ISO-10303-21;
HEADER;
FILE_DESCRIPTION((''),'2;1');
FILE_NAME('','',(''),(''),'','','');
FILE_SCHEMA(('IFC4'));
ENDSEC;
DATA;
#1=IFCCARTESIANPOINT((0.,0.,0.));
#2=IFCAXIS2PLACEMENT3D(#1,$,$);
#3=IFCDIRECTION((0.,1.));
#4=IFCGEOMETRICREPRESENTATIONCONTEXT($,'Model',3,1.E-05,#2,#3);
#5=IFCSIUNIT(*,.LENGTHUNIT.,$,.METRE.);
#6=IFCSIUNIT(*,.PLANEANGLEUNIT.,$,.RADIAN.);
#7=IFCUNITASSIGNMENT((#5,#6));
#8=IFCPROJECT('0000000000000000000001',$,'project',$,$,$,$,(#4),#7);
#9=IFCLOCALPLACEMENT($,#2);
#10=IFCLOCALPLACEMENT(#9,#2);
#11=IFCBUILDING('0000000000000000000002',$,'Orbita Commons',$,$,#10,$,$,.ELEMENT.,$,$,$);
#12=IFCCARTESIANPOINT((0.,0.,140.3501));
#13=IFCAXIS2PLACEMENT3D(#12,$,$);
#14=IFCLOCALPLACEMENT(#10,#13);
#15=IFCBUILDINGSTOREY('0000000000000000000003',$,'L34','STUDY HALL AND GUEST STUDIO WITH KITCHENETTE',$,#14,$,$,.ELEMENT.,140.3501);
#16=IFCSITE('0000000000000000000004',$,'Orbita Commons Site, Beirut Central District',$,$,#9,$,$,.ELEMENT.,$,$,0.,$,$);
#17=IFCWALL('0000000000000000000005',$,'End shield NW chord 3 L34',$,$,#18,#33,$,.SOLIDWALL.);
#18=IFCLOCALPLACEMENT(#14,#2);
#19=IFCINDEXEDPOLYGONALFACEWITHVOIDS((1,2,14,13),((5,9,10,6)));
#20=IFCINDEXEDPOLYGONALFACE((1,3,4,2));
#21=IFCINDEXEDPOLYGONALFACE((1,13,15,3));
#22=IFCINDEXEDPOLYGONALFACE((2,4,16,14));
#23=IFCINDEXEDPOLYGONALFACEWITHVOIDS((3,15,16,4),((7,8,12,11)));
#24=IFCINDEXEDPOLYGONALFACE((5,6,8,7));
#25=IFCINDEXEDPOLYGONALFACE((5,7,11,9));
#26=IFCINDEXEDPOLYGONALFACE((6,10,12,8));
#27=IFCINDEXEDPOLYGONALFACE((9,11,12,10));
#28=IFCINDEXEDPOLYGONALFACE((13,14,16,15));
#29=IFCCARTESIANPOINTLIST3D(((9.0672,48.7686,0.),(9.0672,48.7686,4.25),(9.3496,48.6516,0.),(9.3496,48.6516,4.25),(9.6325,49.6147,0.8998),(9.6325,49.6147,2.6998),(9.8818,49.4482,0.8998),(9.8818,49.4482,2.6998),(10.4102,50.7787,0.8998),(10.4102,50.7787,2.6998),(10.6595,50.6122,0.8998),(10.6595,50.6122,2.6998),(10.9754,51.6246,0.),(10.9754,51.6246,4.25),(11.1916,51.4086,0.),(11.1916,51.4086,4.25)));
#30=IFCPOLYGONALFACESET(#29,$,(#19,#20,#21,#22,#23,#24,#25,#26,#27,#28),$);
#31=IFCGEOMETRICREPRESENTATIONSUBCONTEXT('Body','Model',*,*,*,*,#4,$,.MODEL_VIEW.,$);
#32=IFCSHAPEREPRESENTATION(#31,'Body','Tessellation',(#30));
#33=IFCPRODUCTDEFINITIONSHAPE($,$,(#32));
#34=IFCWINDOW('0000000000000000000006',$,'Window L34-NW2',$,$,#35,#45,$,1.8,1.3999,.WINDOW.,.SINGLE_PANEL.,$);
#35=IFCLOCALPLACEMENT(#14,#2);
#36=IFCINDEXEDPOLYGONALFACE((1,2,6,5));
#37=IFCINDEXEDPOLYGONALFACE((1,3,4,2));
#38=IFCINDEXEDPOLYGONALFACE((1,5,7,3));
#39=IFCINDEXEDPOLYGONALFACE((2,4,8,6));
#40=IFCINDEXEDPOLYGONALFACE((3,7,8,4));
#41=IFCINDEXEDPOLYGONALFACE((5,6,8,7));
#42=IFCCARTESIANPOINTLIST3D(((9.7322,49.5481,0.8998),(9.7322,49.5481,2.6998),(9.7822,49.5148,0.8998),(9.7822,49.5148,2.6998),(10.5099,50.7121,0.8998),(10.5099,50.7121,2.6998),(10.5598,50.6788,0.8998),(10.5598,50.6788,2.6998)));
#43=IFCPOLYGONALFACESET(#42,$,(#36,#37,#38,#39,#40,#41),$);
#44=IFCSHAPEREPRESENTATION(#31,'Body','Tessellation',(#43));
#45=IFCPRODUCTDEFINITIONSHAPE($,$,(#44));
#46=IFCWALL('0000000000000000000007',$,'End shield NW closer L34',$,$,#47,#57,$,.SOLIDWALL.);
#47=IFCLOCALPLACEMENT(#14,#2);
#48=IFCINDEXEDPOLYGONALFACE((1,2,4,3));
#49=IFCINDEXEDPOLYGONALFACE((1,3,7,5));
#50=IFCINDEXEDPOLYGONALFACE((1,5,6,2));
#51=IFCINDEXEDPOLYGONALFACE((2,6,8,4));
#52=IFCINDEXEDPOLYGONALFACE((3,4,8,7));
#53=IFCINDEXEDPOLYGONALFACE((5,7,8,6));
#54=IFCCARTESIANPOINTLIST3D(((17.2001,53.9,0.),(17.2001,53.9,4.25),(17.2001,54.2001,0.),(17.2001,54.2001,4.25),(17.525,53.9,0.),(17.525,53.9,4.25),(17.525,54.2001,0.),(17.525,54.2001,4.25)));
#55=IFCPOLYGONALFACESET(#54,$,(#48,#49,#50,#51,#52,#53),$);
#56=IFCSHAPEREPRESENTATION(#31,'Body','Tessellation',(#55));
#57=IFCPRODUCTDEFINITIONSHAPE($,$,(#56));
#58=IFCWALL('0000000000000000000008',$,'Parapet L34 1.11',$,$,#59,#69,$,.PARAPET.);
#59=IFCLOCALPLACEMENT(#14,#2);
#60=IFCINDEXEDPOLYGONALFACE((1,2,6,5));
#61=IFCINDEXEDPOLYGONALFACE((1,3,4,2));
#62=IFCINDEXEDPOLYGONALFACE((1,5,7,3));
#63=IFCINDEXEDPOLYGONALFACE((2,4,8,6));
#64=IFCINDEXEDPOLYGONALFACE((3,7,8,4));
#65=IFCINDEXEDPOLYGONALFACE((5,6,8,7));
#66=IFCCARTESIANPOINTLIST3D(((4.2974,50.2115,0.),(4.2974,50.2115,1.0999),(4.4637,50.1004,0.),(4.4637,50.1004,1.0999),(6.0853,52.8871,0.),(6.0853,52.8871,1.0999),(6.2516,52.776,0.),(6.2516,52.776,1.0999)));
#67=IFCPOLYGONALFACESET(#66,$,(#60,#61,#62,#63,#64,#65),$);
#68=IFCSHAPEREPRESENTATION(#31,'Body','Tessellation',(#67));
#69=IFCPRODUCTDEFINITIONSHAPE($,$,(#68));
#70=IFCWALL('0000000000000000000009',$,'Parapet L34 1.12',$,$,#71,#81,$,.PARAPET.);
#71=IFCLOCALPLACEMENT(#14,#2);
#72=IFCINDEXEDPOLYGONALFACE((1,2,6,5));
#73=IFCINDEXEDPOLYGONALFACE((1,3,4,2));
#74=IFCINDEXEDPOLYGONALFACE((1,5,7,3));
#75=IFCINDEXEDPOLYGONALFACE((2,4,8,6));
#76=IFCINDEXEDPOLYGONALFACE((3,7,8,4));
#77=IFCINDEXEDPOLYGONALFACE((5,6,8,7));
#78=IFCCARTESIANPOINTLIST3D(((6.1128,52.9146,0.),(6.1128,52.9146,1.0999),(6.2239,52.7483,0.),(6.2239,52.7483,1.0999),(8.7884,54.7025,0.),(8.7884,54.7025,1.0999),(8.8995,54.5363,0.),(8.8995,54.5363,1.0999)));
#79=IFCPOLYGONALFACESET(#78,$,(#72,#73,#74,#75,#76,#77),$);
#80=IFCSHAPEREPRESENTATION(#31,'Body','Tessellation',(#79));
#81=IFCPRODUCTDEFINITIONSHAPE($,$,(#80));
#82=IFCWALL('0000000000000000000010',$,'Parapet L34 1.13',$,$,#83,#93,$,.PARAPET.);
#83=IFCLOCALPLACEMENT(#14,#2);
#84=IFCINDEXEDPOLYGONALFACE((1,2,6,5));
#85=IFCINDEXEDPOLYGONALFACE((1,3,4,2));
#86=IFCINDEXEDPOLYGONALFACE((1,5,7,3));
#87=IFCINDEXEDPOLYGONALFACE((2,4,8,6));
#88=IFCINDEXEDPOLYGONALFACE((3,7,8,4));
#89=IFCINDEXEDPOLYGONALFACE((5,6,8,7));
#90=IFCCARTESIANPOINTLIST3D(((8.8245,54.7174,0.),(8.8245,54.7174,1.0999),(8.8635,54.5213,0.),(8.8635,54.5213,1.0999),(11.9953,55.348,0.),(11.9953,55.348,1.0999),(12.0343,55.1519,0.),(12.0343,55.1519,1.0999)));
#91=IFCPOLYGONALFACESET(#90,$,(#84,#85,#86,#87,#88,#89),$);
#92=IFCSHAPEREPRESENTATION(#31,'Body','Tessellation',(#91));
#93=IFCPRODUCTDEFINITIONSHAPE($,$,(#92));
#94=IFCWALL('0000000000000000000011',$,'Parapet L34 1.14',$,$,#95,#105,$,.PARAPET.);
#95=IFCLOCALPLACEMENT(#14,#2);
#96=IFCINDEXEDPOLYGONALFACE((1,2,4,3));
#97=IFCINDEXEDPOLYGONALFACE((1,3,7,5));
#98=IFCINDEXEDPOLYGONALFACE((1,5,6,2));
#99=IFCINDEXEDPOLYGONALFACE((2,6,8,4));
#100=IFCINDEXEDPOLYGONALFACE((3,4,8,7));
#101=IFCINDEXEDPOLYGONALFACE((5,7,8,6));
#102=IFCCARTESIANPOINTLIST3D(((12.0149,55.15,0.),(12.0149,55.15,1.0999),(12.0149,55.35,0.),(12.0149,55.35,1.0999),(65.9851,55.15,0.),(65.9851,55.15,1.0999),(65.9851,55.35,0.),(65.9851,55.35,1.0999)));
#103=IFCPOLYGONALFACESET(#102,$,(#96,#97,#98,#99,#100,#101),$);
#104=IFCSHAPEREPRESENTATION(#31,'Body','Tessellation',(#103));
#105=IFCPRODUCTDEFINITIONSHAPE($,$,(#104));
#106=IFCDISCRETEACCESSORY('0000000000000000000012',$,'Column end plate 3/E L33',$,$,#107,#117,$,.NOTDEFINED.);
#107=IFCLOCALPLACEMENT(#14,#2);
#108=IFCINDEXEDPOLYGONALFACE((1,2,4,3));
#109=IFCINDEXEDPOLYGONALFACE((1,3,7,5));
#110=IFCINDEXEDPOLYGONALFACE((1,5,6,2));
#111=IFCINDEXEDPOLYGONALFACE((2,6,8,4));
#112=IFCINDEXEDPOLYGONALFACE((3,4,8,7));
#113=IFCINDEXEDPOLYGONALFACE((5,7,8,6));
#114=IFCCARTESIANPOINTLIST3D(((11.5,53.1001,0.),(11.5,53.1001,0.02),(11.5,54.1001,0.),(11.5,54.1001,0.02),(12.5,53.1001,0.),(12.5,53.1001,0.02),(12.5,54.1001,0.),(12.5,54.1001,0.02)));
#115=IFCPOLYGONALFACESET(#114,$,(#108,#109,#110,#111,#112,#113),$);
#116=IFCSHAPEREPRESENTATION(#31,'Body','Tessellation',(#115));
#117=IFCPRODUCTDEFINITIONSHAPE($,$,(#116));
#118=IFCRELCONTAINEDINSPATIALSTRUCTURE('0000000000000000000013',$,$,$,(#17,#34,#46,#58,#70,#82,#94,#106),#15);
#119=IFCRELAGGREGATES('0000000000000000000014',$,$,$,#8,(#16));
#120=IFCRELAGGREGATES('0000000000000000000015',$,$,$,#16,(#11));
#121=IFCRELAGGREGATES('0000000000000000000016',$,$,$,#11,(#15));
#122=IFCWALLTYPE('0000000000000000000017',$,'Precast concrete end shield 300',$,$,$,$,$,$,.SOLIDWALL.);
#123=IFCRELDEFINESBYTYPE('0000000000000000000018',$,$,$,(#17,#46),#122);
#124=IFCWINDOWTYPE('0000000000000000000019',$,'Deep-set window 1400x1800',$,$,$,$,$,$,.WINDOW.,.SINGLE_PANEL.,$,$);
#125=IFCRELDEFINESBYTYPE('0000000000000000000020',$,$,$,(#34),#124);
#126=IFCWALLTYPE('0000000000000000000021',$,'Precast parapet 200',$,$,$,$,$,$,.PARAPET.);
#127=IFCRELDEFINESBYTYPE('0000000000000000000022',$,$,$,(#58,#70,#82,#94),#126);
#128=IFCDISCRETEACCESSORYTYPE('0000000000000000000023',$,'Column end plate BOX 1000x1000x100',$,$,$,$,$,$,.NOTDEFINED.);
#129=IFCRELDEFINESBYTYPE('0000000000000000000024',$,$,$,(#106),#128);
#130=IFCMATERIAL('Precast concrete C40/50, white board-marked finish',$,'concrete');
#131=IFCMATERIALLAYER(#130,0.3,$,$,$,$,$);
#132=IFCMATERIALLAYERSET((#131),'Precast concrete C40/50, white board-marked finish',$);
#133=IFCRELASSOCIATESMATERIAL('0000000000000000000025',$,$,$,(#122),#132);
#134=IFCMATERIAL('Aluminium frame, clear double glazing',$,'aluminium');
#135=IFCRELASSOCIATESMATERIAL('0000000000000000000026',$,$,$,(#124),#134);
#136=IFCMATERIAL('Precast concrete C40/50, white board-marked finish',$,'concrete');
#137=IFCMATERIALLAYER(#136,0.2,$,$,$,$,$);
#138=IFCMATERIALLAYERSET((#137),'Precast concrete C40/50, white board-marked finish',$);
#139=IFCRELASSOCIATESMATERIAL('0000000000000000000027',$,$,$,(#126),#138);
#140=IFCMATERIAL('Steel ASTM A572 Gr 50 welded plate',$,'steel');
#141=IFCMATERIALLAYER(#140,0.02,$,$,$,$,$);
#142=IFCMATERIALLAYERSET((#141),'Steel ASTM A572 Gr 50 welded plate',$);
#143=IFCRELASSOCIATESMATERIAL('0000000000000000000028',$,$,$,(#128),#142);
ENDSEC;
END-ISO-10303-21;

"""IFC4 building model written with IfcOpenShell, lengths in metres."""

from ifc_helpers import new_model, si_unit, direction, frame, frame_2d, origin, origin_2d, place, context, subcontext, project, spatial, polyline, rectangle, outline, extrude, material, layer, layer_set, type_object, element, fill, save


model = new_model("IFC4")

# Units and contexts
model_context = context("Model", 3, precision=1e-05, world=origin(), true_north=direction((0.0, 1.0)))
body_context = subcontext(model_context, "Body", "Model", "MODEL_VIEW")
ifc_project = project(units=[si_unit("LENGTHUNIT", "METRE"), si_unit("PLANEANGLEUNIT", "RADIAN")], contexts=[model_context])

# Site, building, storey
site_placement = place(None, origin())
site = spatial("IfcSite", under=ifc_project, at=site_placement, Name="Orbita Commons Site, Beirut Central District", CompositionType="ELEMENT", RefElevation=0.0)
building_placement = place(site_placement, origin())
building = spatial("IfcBuilding", under=site, at=building_placement, Name="Orbita Commons", CompositionType="ELEMENT")
storey_placement = place(building_placement, frame((0.0, 0.0, 140.3501)))
storey = spatial("IfcBuildingStorey", under=building, at=storey_placement, Name="L34", Description="STUDY HALL AND GUEST STUDIO WITH KITCHENETTE", CompositionType="ELEMENT", Elevation=140.3501)

# Wall, opening, window
ifc_material_1 = material(Name="Precast concrete C40/50, white board-marked finish", Category="concrete")
ifc_layer_1 = layer(ifc_material_1, 0.3)
ifc_layer_set_1 = layer_set([ifc_layer_1], Name="Precast concrete C40/50, white board-marked finish")
wall_type_1 = type_object("IfcWallType", Name="Precast concrete end shield 300", PredefinedType="SOLIDWALL", material=ifc_layer_set_1)
ifc_material_2 = material(Name="Aluminium frame, clear double glazing", Category="aluminium")
window_type = type_object("IfcWindowType", Name="Deep-set window 1400x1800", PartitioningType="SINGLE_PANEL", PredefinedType="WINDOW", material=ifc_material_2)
wall_1_placement = place(storey_placement, frame((11.0835, 51.5166, 0.0), z_axis=(0.0, 0.0, 1.0), x_axis=(-0.555535, -0.831493, 0.0)))
wall_1 = element("IfcWall", 1, at=wall_1_placement, inside=storey, type_object=wall_type_1, Name="End shield NW chord 3 L34", PredefinedType="SOLIDWALL", context=body_context, shape_type="SweptSolid", body=[
    extrude(outline(polyline([(-0.0298, -0.1499), (3.405, -0.1499), (3.3455, 0.1499), (0.0298, 0.1499), (-0.0298, -0.1499)])), origin(), (0.0, 0.0, 1.0), 4.25),
])
opening_1_placement = place(wall_1_placement, frame((0.9875, 0.0, 0.8999)))
opening_1 = element("IfcOpeningElement", 2, at=opening_1_placement, cuts=wall_1, PredefinedType="OPENING", context=body_context, shape_type="SweptSolid", body=[
    extrude(rectangle(XDim=1.3999, YDim=1.8, at=frame_2d((0.7, 0.8999))), frame((0.0, 0.1599, 0.0), z_axis=(0.0, -1.0, 0.0), x_axis=(1.0, 0.0, 0.0)), (0.0, 0.0, 1.0), 0.3201),
])
window_1_placement = place(opening_1_placement, origin())
window_1 = element("IfcWindow", 3, at=window_1_placement, inside=storey, type_object=window_type, Name="Window L34-NW2", OverallHeight=1.8, OverallWidth=1.3999, PartitioningType="SINGLE_PANEL", PredefinedType="WINDOW", context=body_context, shape_type="SweptSolid", body=[
    extrude(rectangle(XDim=1.3999, YDim=1.8, at=frame_2d((0.7, 0.8999))), frame((0.0, 0.03, 0.0), z_axis=(0.0, -1.0, 0.0), x_axis=(1.0, 0.0, 0.0)), (0.0, 0.0, 1.0), 0.0601),
])
fill(opening_1, window_1)

# Walls
wall_2_placement = place(storey_placement, frame((17.2, 54.05, 0.0), z_axis=(0.0, 0.0, 1.0), x_axis=(1.0, 0.0, 0.0)))
element("IfcWall", 4, at=wall_2_placement, inside=storey, type_object=wall_type_1, Name="End shield NW closer L34", PredefinedType="SOLIDWALL", context=body_context, shape_type="SweptSolid", body=[
    extrude(rectangle(XDim=0.325, YDim=0.3, at=frame_2d((0.1626, 0.0))), origin(), (0.0, 0.0, 1.0), 4.25),
])
ifc_material_3 = material(Name="Precast concrete C40/50, white board-marked finish", Category="concrete")
ifc_layer_2 = layer(ifc_material_3, 0.2)
ifc_layer_set_2 = layer_set([ifc_layer_2], Name="Precast concrete C40/50, white board-marked finish")
wall_type_2 = type_object("IfcWallType", Name="Precast parapet 200", PredefinedType="PARAPET", material=ifc_layer_set_2)
for number, where, z_axis, x_axis, name in (
    (5, (4.3806, 50.156, 0.0), (0.0, 0.0, 1.0), (0.555593, 0.831455, 0.0), "Parapet L34 1.11"),
    (6, (6.1685, 52.8315, 0.0), (0.0, 0.0, 1.0), (0.831455, 0.555593, 0.0), "Parapet L34 1.12"),
):
    element("IfcWall", number, at=place(storey_placement, frame(where, z_axis=z_axis, x_axis=x_axis)), inside=storey, type_object=wall_type_2, Name=name, PredefinedType="PARAPET", context=body_context, shape_type="SweptSolid", body=[
        extrude(rectangle(XDim=3.218, YDim=0.2, at=frame_2d((1.6089, 0.0))), origin(), (0.0, 0.0, 1.0), 1.0999),
    ])
wall_3_placement = place(storey_placement, frame((8.844, 54.6194, 0.0), z_axis=(0.0, 0.0, 1.0), x_axis=(0.980792, 0.195056, 0.0)))
element("IfcWall", 7, at=wall_3_placement, inside=storey, type_object=wall_type_2, Name="Parapet L34 1.13", PredefinedType="PARAPET", context=body_context, shape_type="SweptSolid", body=[
    extrude(rectangle(XDim=3.2329, YDim=0.2, at=frame_2d((1.6165, 0.0))), origin(), (0.0, 0.0, 1.0), 1.0999),
])
wall_4_placement = place(storey_placement, frame((12.0149, 55.25, 0.0), z_axis=(0.0, 0.0, 1.0), x_axis=(1.0, 0.0, 0.0)))
element("IfcWall", 8, at=wall_4_placement, inside=storey, type_object=wall_type_2, Name="Parapet L34 1.14", PredefinedType="PARAPET", context=body_context, shape_type="SweptSolid", body=[
    extrude(rectangle(XDim=53.9702, YDim=0.2, at=frame_2d((26.9851, 0.0))), origin(), (0.0, 0.0, 1.0), 1.0999),
])

# Discrete accessory
ifc_material_4 = material(Name="Steel ASTM A572 Gr 50 welded plate", Category="steel")
ifc_layer_3 = layer(ifc_material_4, 0.02)
ifc_layer_set_3 = layer_set([ifc_layer_3], Name="Steel ASTM A572 Gr 50 welded plate")
discrete_accessory_type = type_object("IfcDiscreteAccessoryType", Name="Column end plate BOX 1000x1000x100", PredefinedType="NOTDEFINED", material=ifc_layer_set_3)
discrete_accessory_placement = place(storey_placement, frame((12.0, 53.6001, 0.0), z_axis=(0.0, 0.0, 1.0), x_axis=(1.0, 0.0, 0.0)))
element("IfcDiscreteAccessory", 9, at=discrete_accessory_placement, inside=storey, type_object=discrete_accessory_type, Name="Column end plate 3/E L33", PredefinedType="NOTDEFINED", context=body_context, shape_type="SweptSolid", body=[
    extrude(rectangle(XDim=1.0, YDim=1.0, at=origin_2d()), origin(), (0.0, 0.0, 1.0), 0.02),
])

save(model, "model.ifc")
